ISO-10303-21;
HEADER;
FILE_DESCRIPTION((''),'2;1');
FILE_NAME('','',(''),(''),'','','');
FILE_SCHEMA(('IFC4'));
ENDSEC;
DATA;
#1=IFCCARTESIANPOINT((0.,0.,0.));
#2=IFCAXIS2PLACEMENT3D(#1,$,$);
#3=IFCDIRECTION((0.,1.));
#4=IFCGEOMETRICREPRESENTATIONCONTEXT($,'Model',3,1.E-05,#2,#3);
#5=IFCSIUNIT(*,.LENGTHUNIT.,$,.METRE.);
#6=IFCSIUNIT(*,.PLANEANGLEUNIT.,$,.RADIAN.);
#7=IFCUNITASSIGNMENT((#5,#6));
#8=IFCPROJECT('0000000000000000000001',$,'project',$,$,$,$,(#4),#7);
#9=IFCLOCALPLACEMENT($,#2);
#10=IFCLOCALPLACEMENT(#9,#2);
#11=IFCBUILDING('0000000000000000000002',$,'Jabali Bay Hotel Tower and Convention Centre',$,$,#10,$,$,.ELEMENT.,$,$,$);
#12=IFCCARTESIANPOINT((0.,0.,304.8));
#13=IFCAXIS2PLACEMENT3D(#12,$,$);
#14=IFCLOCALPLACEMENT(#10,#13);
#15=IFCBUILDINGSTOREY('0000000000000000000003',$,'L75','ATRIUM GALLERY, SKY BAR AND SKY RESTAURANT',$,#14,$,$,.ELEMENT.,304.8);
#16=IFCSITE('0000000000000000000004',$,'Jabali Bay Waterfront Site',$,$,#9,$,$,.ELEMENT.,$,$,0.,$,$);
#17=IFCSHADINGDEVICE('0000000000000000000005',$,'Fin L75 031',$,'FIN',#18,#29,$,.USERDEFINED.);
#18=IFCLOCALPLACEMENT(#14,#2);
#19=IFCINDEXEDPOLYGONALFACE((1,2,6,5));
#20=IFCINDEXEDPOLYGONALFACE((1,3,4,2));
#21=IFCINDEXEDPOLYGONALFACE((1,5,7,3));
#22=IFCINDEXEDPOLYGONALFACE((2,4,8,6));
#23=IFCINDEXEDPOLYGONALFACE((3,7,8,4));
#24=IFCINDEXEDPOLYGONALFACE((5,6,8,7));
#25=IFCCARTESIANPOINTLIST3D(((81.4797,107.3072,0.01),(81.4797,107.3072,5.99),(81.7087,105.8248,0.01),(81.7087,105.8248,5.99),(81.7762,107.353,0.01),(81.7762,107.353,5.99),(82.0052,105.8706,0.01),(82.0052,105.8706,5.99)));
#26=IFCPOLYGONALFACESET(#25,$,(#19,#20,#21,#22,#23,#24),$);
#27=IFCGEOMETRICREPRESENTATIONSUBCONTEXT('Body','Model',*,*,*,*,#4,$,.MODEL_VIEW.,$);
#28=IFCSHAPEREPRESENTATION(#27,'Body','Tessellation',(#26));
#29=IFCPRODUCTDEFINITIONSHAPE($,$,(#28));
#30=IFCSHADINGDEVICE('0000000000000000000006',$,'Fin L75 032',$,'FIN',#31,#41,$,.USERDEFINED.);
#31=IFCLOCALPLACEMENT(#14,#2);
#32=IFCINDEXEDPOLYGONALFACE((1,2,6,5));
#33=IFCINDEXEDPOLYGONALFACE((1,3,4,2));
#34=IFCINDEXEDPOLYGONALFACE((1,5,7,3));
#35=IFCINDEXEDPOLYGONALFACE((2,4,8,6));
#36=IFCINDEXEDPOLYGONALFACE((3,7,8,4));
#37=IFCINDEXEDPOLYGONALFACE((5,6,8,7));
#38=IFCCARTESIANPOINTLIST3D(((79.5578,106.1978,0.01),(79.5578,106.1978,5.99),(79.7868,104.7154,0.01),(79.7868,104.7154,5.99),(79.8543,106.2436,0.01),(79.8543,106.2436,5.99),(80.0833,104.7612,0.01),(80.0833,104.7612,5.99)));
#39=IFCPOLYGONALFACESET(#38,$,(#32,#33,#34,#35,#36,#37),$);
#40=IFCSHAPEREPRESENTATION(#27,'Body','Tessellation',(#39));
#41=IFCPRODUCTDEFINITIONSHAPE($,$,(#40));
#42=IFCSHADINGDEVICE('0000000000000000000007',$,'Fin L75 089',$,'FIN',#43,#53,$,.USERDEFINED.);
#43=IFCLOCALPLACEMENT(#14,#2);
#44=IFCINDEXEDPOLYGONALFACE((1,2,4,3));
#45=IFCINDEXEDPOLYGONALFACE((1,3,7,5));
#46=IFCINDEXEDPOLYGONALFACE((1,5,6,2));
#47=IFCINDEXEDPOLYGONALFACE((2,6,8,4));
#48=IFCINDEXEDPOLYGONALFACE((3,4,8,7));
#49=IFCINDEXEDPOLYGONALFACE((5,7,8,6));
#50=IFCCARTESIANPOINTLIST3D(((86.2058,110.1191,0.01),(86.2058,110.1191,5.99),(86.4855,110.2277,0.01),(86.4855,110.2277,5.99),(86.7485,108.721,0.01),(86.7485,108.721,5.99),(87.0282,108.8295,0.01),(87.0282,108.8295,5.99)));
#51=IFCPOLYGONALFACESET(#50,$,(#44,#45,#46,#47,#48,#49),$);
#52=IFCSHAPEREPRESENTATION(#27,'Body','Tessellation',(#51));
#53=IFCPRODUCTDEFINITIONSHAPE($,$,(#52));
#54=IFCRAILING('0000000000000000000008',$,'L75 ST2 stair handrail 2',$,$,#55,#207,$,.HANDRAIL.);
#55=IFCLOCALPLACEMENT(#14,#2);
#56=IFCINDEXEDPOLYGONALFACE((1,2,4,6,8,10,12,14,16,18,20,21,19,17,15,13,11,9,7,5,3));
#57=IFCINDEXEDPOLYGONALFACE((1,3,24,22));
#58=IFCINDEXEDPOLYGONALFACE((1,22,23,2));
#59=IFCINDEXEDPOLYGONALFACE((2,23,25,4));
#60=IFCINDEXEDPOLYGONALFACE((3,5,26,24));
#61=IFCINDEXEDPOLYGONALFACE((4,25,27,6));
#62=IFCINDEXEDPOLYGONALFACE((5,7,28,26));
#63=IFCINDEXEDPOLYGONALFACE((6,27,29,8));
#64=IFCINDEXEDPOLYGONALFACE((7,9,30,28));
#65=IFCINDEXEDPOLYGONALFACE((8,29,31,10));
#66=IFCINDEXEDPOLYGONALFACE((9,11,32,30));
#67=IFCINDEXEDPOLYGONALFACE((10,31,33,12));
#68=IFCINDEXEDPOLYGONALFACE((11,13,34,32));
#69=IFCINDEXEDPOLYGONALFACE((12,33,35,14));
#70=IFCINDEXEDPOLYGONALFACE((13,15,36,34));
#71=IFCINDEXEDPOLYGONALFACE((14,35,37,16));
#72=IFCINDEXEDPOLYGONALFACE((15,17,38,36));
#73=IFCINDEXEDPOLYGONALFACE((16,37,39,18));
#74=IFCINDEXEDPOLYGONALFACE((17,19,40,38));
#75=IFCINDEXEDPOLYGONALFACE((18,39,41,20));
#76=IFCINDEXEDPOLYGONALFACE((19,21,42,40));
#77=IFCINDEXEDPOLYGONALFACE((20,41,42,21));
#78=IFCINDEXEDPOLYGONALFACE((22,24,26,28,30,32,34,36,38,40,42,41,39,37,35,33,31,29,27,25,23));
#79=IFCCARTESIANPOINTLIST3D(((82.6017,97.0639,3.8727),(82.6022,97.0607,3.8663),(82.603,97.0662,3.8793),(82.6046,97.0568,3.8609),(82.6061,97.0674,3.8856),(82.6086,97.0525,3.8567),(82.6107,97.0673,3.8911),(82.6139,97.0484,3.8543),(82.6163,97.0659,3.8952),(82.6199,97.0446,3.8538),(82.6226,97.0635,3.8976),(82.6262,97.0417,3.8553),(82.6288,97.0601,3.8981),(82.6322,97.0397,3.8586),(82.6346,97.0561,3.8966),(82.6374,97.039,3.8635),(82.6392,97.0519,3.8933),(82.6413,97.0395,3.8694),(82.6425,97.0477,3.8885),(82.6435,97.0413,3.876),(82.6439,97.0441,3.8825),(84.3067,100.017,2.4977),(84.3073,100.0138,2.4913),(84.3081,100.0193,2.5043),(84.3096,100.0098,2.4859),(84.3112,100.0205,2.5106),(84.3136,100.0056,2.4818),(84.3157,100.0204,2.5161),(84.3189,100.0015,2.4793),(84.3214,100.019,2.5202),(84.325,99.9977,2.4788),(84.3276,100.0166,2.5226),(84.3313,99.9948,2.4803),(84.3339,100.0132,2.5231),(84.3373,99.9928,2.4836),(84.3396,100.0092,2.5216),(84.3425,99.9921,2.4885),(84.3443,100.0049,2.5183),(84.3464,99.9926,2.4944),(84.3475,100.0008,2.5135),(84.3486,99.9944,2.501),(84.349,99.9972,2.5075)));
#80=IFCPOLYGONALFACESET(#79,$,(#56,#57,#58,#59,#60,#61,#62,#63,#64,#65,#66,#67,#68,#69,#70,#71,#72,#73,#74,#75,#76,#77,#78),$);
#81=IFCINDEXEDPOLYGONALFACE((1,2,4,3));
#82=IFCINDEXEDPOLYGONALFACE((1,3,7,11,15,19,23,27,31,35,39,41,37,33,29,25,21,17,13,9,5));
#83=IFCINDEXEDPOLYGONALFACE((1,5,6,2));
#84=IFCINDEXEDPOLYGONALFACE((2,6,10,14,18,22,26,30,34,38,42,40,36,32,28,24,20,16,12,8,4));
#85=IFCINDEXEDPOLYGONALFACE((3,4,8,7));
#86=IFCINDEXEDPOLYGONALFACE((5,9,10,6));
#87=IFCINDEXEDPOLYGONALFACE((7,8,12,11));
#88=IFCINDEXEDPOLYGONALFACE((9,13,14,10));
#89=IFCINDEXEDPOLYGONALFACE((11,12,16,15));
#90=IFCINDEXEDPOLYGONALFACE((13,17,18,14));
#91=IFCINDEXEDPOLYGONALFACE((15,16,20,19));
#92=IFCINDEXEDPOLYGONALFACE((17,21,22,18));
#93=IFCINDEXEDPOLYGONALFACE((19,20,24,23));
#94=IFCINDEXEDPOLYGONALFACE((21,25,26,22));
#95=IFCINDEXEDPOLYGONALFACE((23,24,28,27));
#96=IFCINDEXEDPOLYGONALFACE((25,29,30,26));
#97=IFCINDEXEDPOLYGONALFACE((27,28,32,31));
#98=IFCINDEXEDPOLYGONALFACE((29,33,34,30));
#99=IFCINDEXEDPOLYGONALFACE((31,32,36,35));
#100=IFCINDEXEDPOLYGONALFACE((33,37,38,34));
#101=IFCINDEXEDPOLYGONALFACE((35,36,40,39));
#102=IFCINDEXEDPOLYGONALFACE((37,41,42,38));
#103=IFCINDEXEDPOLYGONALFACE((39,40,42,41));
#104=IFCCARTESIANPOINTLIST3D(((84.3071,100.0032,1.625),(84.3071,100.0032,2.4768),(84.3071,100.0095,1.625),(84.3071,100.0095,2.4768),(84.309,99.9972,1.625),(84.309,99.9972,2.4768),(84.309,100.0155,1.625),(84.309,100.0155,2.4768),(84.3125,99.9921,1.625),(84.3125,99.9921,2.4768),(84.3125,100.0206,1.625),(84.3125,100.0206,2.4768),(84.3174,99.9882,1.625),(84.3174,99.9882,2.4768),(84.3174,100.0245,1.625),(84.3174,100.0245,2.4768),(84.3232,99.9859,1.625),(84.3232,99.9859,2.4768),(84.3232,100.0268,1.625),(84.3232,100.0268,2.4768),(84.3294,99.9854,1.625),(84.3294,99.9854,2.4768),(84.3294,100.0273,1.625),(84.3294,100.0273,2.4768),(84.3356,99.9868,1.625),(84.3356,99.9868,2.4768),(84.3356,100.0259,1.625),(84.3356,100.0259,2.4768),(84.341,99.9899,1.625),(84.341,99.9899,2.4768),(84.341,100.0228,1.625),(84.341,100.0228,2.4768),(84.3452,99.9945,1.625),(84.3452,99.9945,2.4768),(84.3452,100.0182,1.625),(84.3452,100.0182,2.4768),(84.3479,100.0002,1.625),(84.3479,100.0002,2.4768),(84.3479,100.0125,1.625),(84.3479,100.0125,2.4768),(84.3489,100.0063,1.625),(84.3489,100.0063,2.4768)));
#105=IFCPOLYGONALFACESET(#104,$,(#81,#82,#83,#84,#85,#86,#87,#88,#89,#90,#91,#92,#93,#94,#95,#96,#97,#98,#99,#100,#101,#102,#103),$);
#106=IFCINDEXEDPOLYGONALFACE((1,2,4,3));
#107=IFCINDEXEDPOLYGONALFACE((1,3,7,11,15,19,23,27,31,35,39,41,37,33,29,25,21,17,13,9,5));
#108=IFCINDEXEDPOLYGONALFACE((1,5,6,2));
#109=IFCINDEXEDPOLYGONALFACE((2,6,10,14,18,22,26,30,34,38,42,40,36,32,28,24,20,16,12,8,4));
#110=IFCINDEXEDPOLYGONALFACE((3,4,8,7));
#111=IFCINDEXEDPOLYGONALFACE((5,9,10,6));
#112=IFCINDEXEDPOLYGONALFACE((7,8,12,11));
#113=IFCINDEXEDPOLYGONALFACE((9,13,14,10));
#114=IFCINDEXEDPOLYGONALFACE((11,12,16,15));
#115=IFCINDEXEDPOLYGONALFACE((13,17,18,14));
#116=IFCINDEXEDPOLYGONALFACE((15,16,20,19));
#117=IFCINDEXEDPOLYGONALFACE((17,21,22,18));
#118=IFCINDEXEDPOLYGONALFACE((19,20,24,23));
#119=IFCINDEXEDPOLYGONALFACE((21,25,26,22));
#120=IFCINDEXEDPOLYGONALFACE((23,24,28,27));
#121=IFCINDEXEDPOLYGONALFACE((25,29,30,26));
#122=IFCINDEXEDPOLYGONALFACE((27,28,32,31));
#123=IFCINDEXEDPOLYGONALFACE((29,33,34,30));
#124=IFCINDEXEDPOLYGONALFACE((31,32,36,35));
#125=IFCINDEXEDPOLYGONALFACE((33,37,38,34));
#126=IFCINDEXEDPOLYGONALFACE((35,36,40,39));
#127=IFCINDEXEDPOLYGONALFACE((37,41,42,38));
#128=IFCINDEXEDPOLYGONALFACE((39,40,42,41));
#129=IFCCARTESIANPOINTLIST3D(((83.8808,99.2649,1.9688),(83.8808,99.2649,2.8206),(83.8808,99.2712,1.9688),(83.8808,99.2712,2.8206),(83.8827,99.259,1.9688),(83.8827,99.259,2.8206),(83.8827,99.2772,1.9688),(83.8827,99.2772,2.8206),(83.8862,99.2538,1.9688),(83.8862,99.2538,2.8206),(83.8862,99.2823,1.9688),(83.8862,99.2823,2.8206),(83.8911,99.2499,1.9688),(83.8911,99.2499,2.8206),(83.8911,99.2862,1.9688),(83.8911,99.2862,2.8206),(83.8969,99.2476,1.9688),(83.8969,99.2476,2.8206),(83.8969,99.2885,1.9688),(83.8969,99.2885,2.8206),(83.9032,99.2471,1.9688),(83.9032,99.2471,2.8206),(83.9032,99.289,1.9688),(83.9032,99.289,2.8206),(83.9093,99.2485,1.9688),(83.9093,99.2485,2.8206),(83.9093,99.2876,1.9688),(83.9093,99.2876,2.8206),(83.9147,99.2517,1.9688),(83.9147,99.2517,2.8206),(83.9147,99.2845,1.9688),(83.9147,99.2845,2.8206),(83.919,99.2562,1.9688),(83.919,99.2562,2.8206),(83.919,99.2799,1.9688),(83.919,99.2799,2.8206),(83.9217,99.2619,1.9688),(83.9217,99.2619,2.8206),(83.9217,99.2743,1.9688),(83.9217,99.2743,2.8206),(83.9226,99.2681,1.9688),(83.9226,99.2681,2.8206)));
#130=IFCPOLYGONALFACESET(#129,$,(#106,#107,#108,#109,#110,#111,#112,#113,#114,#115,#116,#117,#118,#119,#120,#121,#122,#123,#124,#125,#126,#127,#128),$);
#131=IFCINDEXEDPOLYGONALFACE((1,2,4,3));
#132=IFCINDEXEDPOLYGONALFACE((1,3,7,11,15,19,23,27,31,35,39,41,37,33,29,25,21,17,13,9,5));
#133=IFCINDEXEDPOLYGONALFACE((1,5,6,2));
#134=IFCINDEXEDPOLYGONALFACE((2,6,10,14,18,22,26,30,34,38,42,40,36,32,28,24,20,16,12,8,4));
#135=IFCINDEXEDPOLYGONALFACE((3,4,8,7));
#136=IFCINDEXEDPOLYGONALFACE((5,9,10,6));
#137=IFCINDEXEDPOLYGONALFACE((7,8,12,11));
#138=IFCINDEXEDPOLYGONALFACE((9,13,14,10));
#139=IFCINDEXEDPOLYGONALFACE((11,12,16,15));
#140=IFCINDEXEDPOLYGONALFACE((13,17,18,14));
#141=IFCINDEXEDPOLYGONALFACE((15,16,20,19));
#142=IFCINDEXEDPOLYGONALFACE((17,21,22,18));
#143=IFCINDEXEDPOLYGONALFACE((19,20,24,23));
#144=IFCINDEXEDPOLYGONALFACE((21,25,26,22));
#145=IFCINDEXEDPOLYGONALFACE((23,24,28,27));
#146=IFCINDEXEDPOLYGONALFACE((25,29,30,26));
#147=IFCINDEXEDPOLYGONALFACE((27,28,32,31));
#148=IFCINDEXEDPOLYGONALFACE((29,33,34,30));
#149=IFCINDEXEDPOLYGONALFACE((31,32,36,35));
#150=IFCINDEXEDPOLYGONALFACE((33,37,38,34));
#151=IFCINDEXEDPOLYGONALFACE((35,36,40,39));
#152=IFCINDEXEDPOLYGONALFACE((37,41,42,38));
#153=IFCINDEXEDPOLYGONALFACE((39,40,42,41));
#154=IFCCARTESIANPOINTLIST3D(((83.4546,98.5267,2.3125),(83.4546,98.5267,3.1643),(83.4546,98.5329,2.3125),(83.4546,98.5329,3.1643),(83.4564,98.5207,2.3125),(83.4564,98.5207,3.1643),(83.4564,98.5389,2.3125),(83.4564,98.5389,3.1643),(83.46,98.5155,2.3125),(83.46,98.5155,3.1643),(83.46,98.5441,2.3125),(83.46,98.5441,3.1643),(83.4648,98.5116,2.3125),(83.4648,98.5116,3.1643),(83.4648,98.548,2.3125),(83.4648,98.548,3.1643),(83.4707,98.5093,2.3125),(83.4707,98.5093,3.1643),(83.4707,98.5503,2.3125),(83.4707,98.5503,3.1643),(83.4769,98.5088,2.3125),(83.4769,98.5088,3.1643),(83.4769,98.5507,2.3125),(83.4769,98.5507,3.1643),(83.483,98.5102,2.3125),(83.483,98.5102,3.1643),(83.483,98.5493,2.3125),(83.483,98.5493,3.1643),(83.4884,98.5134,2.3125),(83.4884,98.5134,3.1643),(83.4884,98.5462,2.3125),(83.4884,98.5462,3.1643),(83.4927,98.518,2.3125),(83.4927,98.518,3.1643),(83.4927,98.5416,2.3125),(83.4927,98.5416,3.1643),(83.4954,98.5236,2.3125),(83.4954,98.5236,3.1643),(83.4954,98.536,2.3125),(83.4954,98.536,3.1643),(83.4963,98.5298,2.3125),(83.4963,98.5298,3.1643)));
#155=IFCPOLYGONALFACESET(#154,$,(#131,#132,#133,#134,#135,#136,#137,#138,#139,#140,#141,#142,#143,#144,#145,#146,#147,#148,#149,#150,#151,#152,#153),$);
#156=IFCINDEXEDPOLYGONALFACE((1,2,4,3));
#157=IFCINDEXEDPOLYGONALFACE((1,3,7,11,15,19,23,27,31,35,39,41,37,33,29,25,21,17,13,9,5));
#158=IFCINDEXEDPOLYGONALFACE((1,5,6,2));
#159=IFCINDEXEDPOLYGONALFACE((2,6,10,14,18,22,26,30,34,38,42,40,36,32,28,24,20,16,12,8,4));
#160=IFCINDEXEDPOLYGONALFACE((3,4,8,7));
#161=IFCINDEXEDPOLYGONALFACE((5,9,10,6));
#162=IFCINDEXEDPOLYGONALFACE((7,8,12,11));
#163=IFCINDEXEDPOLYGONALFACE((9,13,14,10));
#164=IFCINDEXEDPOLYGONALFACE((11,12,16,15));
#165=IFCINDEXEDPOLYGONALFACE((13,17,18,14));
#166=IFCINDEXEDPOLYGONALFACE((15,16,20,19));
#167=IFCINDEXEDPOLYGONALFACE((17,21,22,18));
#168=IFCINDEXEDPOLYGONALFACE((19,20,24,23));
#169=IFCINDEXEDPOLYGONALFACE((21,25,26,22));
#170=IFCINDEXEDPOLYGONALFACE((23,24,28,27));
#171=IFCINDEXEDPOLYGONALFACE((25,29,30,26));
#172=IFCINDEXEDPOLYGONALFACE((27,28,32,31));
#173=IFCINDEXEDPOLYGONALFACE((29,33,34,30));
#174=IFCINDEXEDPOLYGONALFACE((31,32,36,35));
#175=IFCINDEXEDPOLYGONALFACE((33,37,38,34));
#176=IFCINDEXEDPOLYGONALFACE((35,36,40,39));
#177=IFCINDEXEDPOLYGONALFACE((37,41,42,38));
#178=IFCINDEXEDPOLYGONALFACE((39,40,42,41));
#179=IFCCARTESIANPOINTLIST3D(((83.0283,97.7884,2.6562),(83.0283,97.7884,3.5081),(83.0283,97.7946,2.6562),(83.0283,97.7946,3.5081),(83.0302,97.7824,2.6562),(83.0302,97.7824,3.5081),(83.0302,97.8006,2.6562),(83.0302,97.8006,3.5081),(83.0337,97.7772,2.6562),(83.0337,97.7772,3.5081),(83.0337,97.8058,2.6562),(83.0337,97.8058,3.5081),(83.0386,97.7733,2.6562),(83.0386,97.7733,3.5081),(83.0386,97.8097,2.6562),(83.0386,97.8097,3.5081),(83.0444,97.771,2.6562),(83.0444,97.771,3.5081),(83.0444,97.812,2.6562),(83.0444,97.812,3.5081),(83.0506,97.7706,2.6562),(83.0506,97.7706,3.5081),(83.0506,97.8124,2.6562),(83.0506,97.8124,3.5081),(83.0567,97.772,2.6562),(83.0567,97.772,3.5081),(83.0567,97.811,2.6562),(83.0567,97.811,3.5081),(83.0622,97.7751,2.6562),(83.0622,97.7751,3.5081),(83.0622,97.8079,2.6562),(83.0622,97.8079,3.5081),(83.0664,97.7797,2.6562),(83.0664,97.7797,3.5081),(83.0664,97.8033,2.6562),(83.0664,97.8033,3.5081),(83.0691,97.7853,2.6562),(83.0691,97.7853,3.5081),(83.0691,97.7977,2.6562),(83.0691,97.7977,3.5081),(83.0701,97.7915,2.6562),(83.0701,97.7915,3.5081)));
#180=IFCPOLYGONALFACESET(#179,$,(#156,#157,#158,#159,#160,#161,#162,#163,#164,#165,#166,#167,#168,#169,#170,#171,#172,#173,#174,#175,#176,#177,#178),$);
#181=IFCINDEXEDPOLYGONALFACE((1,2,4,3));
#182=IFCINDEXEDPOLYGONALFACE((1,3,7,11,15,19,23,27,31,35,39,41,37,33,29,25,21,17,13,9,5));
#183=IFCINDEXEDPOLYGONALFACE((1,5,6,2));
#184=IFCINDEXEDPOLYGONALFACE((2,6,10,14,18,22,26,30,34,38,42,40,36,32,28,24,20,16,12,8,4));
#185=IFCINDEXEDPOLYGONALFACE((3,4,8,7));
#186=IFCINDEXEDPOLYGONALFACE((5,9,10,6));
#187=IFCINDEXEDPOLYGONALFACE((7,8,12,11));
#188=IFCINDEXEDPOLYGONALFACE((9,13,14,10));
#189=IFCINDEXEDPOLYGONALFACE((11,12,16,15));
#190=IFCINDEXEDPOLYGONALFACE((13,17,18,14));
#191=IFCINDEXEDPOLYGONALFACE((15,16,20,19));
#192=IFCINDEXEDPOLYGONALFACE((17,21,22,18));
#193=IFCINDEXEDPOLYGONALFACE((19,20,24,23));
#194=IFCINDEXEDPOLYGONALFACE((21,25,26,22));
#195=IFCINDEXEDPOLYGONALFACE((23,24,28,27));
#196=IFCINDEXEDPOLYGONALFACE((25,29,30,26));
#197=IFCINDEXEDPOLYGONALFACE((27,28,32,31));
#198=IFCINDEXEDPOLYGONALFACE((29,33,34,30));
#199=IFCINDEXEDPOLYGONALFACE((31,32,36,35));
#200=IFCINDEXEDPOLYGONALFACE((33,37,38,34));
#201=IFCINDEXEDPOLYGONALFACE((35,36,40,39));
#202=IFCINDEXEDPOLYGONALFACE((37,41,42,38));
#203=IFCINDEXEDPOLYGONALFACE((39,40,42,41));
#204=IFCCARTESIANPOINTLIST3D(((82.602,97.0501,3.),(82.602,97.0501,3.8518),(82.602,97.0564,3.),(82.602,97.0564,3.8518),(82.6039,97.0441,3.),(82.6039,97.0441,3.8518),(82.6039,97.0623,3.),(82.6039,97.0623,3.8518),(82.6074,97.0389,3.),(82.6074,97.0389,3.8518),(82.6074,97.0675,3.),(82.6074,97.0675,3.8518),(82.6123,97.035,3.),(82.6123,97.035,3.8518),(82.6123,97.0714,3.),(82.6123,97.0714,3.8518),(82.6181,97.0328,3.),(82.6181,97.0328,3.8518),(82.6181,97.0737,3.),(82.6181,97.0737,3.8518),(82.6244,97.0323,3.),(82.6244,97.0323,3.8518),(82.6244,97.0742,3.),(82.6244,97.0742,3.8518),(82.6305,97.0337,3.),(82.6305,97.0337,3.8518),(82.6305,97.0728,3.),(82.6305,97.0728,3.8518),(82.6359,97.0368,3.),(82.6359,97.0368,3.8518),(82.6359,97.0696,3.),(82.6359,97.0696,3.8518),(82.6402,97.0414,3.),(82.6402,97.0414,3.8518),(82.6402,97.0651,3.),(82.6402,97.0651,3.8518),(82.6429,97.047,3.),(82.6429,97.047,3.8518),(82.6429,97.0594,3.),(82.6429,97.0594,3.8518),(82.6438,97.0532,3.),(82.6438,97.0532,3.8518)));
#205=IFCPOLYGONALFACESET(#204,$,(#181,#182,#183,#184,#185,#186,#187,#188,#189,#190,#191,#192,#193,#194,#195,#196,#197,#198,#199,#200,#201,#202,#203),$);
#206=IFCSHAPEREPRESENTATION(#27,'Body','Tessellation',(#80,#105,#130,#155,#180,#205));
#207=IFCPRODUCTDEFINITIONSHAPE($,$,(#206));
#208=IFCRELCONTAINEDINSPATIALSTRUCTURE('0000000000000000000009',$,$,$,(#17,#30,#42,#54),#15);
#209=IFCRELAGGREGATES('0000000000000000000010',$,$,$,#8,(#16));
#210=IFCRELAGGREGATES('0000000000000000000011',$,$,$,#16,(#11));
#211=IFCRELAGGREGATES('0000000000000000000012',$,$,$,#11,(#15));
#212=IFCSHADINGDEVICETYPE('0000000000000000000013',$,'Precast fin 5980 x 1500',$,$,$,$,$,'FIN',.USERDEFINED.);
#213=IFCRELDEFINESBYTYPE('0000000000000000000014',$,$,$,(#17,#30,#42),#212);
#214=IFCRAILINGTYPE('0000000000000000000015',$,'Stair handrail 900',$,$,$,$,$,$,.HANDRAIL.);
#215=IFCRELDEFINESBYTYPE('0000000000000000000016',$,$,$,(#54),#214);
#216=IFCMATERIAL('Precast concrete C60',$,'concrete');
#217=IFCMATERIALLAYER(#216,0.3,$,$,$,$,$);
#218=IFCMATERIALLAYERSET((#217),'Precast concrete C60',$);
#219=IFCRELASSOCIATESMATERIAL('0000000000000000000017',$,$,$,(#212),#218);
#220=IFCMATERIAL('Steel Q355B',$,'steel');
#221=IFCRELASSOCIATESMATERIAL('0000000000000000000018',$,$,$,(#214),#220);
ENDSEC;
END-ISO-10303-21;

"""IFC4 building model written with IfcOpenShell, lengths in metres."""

from ifc_helpers import new_model, si_unit, direction, frame, frame_2d, origin, origin_2d, place, context, subcontext, project, spatial, rectangle, circle, extrude, material, layer, layer_set, type_object, element, save


model = new_model("IFC4")

# Units and contexts
model_context = context("Model", 3, precision=1e-05, world=origin(), true_north=direction((0.0, 1.0)))
body_context = subcontext(model_context, "Body", "Model", "MODEL_VIEW")
ifc_project = project(units=[si_unit("LENGTHUNIT", "METRE"), si_unit("PLANEANGLEUNIT", "RADIAN")], contexts=[model_context])

# Site, building, storey
site_placement = place(None, origin())
site = spatial("IfcSite", under=ifc_project, at=site_placement, Name="Jabali Bay Waterfront Site", CompositionType="ELEMENT", RefElevation=0.0)
building_placement = place(site_placement, origin())
building = spatial("IfcBuilding", under=site, at=building_placement, Name="Jabali Bay Hotel Tower and Convention Centre", CompositionType="ELEMENT")
storey_placement = place(building_placement, frame((0.0, 0.0, 304.8)))
storey = spatial("IfcBuildingStorey", under=building, at=storey_placement, Name="L75", Description="ATRIUM GALLERY, SKY BAR AND SKY RESTAURANT", CompositionType="ELEMENT", Elevation=304.8)

# Shading devices
ifc_material_1 = material(Name="Precast concrete C60", Category="concrete")
ifc_layer_1 = layer(ifc_material_1, 0.3)
ifc_layer_set_1 = layer_set([ifc_layer_1], Name="Precast concrete C60")
shading_device_type = type_object("IfcShadingDeviceType", Name="Precast fin 5980 x 1500", ElementType="FIN", PredefinedType="USERDEFINED", material=ifc_layer_set_1)
for number, where, z_axis, x_axis, name in (
    (1, (81.8569, 105.8477, 0.01), (0.0, 0.0, 1.0), (-0.152669, 0.988277, 0.0), "Fin L75 031"),
    (2, (79.9351, 104.7383, 0.01), (0.0, 0.0, 1.0), (-0.152669, 0.988277, 0.0), "Fin L75 032"),
):
    element("IfcShadingDevice", number, at=place(storey_placement, frame(where, z_axis=z_axis, x_axis=x_axis)), inside=storey, type_object=shading_device_type, Name=name, ObjectType="FIN", PredefinedType="USERDEFINED", context=body_context, shape_type="SweptSolid", body=[
        extrude(rectangle(XDim=1.5, YDim=0.3, at=frame_2d((0.75, 0.0))), origin(), (0.0, 0.0, 1.0), 5.98),
    ])
shading_device_1_placement = place(storey_placement, frame((86.8884, 108.7751, 0.01), z_axis=(0.0, 0.0, 1.0), x_axis=(-0.361857, 0.932234, 0.0)))
element("IfcShadingDevice", 3, at=shading_device_1_placement, inside=storey, type_object=shading_device_type, Name="Fin L75 089", ObjectType="FIN", PredefinedType="USERDEFINED", context=body_context, shape_type="SweptSolid", body=[
    extrude(rectangle(XDim=1.4998, YDim=0.3, at=frame_2d((0.75, 0.0))), origin(), (0.0, 0.0, 1.0), 5.98),
])

# Railing
ifc_material_2 = material(Name="Steel Q355B", Category="steel")
railing_type = type_object("IfcRailingType", Name="Stair handrail 900", PredefinedType="HANDRAIL", material=ifc_material_2)
for number, where, name in (
    (4, (84.3279, 100.0063, 1.625), "L75 ST2 stair handrail 2"),
):
    element("IfcRailing", number, at=place(storey_placement, frame(where)), inside=storey, type_object=railing_type, Name=name, PredefinedType="HANDRAIL", context=body_context, shape_type="SweptSolid", body=[
        extrude(circle(Radius=0.0239, at=origin_2d()), frame((0.0, 0.0, 0.876), z_axis=(-0.46374, -0.803178, 0.373966), x_axis=(0.866014, -0.50002, 0.0)), (0.0, 0.0, 1.0), 3.6768),
        extrude(circle(Radius=0.021, at=origin_2d()), origin(), (0.0, 0.0, 1.0), 0.8518),
        extrude(circle(Radius=0.021, at=origin_2d()), frame((-0.4263, -0.7383, 0.3438)), (0.0, 0.0, 1.0), 0.8518),
        extrude(circle(Radius=0.021, at=origin_2d()), frame((-0.8525, -1.4766, 0.6875)), (0.0, 0.0, 1.0), 0.8518),
        extrude(circle(Radius=0.021, at=origin_2d()), frame((-1.2788, -2.2148, 1.0312)), (0.0, 0.0, 1.0), 0.8518),
        extrude(circle(Radius=0.021, at=origin_2d()), frame((-1.7051, -2.9531, 1.375)), (0.0, 0.0, 1.0), 0.8518),
    ])

save(model, "model.ifc")
